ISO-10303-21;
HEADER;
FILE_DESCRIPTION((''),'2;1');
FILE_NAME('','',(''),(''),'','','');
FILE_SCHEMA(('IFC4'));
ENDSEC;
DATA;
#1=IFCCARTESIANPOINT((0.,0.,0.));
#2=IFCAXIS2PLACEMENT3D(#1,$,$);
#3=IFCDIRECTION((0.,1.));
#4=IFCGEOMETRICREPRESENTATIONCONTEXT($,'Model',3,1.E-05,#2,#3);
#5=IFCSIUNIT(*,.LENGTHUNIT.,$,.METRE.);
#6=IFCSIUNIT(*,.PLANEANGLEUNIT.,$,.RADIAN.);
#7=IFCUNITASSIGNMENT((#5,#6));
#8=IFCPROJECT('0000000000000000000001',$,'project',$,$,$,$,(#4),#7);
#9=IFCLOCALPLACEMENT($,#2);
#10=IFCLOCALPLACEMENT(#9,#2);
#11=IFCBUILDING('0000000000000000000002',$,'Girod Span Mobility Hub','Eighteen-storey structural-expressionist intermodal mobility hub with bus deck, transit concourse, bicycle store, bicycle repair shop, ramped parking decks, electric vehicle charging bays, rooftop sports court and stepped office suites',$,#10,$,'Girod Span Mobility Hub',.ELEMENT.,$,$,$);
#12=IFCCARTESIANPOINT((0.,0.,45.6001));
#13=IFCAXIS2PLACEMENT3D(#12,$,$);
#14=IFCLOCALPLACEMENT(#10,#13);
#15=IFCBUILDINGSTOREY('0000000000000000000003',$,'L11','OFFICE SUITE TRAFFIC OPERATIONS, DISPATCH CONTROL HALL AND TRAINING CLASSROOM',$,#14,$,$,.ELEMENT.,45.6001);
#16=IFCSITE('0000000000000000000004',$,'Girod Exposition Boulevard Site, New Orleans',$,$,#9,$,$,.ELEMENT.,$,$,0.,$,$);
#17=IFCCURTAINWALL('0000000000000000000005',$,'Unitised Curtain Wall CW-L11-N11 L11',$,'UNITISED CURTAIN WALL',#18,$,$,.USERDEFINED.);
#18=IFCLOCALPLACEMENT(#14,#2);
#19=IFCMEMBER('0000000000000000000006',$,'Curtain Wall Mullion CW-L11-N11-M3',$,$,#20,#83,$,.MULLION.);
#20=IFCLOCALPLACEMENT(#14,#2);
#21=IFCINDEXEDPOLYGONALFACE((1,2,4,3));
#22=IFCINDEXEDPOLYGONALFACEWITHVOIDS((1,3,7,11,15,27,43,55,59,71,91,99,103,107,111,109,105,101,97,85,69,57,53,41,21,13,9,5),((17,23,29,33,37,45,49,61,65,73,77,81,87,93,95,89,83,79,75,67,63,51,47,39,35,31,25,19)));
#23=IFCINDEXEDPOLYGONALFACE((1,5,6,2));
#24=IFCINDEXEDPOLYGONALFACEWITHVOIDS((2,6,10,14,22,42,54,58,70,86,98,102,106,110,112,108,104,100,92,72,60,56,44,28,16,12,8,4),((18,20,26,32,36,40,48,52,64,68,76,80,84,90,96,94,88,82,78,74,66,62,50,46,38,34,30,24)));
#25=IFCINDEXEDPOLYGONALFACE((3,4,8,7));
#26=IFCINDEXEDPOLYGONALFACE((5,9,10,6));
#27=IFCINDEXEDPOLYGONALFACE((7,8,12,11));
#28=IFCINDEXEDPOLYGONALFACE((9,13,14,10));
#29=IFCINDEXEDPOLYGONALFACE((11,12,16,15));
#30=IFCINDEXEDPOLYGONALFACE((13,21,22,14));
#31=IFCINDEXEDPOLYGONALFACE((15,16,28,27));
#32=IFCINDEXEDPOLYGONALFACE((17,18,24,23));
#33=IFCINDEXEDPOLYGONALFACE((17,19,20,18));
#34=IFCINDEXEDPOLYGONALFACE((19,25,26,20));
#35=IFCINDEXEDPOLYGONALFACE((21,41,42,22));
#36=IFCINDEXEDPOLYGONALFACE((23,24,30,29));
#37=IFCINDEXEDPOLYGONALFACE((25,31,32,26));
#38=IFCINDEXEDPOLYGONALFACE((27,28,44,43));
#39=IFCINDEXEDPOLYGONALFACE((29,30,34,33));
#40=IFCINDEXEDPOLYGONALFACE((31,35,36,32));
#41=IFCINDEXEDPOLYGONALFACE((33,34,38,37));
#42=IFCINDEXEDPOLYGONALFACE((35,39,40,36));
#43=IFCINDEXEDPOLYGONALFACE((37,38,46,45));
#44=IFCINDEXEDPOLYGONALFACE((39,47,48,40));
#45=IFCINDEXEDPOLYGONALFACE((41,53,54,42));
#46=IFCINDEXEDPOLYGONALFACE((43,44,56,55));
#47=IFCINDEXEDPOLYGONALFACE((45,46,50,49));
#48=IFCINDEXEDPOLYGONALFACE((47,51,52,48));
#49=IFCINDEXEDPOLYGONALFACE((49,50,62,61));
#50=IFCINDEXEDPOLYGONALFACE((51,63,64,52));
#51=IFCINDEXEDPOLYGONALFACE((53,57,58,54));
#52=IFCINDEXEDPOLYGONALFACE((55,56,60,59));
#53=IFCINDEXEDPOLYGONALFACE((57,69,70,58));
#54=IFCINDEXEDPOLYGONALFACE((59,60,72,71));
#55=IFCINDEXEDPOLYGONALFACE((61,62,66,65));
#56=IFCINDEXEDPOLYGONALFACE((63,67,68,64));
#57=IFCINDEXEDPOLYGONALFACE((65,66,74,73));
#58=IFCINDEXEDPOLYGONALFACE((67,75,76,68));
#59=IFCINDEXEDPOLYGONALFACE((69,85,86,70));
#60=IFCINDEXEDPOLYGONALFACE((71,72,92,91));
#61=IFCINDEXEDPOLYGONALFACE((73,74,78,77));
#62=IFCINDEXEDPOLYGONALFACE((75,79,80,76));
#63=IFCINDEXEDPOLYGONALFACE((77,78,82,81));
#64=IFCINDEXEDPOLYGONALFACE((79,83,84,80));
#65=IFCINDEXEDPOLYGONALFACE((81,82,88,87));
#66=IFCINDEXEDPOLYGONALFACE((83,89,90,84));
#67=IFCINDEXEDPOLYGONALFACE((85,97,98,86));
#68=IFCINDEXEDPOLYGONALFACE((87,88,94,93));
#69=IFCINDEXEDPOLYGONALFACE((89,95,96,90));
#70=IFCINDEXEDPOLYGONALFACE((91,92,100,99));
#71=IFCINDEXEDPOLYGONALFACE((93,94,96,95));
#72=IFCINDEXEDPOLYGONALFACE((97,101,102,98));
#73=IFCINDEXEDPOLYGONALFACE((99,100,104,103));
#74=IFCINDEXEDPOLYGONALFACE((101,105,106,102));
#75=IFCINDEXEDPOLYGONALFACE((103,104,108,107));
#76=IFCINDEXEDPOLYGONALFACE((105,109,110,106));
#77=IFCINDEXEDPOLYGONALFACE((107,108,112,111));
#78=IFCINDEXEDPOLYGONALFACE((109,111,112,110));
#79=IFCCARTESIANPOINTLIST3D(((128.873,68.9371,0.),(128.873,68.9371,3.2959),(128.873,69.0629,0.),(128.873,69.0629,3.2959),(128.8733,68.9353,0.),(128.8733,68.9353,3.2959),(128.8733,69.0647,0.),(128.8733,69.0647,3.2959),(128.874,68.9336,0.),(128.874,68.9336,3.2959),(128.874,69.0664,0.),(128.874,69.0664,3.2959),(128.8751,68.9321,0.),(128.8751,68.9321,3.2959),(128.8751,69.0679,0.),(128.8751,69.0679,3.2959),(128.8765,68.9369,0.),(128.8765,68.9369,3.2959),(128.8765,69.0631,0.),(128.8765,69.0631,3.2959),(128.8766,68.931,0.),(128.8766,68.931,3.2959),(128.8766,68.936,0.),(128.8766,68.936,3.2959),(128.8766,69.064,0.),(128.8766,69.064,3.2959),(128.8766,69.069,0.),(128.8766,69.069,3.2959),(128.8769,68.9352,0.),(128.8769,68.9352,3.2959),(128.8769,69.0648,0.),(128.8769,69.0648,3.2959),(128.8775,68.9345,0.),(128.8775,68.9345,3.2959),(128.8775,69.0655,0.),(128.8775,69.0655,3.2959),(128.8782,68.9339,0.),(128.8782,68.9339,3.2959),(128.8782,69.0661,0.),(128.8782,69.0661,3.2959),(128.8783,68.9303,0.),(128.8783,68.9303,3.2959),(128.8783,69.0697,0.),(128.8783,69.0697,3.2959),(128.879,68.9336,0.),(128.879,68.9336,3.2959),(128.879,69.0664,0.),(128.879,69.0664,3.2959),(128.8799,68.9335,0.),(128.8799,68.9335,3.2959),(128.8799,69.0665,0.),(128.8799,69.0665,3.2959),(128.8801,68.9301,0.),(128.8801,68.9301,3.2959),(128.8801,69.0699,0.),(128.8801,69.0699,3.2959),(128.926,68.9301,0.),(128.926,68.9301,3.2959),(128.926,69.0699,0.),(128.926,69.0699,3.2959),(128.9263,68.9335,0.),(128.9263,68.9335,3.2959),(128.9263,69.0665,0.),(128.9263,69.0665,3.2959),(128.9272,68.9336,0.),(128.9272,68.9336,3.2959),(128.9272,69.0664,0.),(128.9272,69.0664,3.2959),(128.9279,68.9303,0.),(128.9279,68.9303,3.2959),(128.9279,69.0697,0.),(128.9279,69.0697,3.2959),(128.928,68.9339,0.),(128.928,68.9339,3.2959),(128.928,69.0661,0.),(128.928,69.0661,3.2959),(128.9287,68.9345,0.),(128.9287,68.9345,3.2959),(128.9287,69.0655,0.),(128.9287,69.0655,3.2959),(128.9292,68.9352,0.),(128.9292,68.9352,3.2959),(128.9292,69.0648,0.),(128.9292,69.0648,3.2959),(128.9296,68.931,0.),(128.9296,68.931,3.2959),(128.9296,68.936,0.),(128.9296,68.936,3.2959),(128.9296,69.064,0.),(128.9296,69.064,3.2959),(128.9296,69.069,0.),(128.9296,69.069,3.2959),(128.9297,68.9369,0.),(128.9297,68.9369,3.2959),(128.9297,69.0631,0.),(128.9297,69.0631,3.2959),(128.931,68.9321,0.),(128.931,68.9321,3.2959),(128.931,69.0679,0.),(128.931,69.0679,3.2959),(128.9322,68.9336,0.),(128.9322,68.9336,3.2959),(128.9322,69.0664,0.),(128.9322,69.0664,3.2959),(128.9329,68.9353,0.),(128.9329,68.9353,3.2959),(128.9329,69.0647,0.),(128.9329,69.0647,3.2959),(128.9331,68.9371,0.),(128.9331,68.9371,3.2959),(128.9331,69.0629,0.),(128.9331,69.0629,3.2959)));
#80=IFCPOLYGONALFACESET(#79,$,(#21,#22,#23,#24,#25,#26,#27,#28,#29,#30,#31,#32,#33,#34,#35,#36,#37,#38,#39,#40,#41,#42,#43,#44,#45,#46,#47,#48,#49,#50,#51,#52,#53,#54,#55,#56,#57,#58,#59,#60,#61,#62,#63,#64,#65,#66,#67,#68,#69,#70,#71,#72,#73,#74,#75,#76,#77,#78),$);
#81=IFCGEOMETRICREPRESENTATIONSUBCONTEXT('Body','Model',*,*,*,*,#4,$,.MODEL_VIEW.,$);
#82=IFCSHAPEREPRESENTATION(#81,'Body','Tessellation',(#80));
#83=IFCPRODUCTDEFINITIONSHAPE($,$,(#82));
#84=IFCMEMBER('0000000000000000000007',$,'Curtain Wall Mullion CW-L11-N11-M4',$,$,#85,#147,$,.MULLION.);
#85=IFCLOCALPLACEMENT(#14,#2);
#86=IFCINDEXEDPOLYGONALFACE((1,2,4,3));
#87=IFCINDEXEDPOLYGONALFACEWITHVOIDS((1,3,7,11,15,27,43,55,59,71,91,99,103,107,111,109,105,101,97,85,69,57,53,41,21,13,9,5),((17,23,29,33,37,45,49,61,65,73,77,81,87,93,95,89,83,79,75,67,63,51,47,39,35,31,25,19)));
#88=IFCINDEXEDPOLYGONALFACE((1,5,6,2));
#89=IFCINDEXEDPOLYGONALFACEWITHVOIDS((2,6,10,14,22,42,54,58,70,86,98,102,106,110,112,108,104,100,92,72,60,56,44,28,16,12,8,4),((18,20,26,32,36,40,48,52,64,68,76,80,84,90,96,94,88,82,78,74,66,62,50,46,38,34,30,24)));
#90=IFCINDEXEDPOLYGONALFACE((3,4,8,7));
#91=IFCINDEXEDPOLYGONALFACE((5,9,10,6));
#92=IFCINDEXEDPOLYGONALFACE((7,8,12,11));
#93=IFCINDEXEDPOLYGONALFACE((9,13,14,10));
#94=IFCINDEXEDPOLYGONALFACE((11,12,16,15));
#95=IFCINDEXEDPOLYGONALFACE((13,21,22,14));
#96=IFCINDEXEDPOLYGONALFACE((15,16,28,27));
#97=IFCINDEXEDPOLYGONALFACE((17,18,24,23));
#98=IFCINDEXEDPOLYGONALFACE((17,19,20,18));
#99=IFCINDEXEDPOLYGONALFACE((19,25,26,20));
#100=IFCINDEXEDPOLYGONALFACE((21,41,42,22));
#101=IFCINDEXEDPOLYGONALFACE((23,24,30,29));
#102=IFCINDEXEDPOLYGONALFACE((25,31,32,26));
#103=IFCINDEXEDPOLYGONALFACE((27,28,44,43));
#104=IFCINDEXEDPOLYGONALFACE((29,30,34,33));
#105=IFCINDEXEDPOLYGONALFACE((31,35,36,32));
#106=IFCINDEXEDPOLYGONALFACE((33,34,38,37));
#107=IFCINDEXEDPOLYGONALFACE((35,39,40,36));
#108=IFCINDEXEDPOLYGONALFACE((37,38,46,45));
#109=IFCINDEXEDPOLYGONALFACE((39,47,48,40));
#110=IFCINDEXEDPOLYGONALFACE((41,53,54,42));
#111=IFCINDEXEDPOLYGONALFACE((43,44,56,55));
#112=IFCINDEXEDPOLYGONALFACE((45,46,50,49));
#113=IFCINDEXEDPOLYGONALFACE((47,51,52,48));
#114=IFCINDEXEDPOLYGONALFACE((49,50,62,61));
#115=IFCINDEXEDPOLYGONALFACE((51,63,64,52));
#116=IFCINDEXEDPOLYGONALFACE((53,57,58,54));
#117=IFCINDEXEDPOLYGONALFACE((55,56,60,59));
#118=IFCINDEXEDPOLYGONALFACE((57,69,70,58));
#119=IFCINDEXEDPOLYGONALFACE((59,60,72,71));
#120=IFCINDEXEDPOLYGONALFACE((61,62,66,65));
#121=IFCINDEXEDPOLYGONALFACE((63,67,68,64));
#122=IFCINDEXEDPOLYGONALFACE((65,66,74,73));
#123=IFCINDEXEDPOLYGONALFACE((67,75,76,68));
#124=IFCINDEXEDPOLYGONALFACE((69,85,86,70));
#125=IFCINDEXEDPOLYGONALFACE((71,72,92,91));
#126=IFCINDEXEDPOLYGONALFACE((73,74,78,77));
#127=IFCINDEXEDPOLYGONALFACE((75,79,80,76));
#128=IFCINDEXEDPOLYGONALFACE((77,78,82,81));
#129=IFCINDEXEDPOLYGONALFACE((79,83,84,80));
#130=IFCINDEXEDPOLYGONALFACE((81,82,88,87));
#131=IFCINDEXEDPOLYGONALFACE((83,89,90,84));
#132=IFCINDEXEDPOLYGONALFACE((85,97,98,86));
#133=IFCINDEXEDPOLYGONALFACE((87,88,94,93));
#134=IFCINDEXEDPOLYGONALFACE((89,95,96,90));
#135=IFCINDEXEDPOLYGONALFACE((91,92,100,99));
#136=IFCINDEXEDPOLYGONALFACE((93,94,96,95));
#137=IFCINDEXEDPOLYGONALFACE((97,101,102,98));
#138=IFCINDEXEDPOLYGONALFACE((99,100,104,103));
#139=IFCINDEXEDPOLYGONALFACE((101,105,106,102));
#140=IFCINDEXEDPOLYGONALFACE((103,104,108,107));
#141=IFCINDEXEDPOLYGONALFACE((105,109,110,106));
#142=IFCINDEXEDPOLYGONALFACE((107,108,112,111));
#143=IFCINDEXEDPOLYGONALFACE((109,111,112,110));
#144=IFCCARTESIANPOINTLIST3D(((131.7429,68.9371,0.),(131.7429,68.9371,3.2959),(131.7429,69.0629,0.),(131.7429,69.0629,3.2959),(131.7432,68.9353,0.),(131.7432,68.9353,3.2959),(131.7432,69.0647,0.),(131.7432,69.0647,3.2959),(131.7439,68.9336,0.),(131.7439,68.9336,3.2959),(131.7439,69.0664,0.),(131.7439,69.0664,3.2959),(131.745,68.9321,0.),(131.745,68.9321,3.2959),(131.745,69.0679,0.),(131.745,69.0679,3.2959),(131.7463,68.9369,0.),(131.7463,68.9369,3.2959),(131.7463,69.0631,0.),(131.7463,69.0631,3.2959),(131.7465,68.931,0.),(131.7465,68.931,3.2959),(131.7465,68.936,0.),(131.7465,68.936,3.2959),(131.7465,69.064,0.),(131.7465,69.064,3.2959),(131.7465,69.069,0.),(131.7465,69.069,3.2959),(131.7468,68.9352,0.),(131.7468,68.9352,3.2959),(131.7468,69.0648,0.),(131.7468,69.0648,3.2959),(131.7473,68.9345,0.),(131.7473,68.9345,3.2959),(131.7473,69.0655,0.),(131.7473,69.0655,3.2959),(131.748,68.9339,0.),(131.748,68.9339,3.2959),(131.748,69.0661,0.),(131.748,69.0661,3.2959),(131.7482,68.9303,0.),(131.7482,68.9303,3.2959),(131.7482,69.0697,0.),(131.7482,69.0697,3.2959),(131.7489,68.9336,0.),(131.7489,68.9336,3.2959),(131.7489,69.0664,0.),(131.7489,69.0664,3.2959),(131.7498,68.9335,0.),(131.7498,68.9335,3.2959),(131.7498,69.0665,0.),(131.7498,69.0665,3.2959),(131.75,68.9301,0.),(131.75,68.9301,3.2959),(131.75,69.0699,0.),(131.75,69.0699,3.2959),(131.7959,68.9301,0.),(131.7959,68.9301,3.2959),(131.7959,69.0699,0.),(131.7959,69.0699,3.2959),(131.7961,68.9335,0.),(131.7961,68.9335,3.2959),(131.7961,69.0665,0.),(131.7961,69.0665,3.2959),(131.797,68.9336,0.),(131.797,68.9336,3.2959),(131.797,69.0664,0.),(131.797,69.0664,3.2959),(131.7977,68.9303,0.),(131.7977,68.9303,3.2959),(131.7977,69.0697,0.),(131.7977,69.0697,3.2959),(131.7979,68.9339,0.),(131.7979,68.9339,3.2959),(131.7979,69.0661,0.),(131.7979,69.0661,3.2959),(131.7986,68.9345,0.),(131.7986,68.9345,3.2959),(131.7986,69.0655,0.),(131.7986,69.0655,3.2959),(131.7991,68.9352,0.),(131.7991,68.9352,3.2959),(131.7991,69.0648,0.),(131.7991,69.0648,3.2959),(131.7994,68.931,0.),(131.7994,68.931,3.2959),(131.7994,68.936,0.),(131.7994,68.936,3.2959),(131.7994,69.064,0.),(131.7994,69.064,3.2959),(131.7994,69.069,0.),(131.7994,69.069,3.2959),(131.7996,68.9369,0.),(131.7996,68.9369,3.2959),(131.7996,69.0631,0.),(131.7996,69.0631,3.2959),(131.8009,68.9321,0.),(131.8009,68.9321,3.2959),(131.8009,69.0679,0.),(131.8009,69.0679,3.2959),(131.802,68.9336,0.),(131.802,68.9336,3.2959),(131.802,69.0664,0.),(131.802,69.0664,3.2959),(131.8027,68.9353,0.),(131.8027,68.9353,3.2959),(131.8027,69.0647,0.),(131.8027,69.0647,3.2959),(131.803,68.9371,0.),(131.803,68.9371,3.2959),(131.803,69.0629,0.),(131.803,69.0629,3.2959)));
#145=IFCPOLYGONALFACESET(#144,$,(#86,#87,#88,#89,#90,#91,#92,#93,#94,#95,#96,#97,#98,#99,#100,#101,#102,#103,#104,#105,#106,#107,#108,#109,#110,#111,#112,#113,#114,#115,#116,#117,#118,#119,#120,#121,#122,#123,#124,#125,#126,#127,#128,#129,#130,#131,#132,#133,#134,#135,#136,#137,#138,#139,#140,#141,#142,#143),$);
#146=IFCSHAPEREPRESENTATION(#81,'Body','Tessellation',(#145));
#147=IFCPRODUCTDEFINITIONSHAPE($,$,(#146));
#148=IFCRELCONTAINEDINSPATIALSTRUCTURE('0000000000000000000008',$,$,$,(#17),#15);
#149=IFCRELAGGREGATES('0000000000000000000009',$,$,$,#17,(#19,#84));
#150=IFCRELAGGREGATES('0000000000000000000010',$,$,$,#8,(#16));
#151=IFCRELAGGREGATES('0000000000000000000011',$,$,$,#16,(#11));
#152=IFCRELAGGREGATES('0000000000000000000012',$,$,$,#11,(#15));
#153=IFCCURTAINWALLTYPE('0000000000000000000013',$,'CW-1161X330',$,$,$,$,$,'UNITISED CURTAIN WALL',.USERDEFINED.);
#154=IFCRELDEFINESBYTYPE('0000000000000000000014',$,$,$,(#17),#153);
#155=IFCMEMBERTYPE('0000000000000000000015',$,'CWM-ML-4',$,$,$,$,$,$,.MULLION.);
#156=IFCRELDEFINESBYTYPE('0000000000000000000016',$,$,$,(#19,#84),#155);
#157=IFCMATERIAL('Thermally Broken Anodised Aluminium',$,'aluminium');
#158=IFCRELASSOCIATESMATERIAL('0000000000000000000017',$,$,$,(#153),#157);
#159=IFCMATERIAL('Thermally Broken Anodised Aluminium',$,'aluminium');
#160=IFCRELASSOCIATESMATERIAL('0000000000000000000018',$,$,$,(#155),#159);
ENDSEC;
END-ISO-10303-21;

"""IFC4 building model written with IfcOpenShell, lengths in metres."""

from ifc_helpers import new_model, si_unit, direction, frame, origin, origin_2d, place, context, subcontext, project, spatial, hollow_rectangle, extrude, material, material_profile, profile_set, type_object, element, aggregate, save


model = new_model("IFC4")

# Units and contexts
model_context = context("Model", 3, precision=1e-05, world=origin(), true_north=direction((0.0, 1.0)))
body_context = subcontext(model_context, "Body", "Model", "MODEL_VIEW")
ifc_project = project(units=[si_unit("LENGTHUNIT", "METRE"), si_unit("PLANEANGLEUNIT", "RADIAN")], contexts=[model_context])

# Site, building, storey
site_placement = place(None, origin())
site = spatial("IfcSite", under=ifc_project, at=site_placement, Name="Girod Exposition Boulevard Site, New Orleans", CompositionType="ELEMENT", RefElevation=0.0)
building_placement = place(site_placement, origin())
building = spatial("IfcBuilding", under=site, at=building_placement, Name="Girod Span Mobility Hub", Description="Eighteen-storey structural-expressionist intermodal mobility hub with bus deck, transit concourse, bicycle store, bicycle repair shop, ramped parking decks, electric vehicle charging bays, rooftop sports court and stepped office suites", LongName="Girod Span Mobility Hub", CompositionType="ELEMENT")
storey_placement = place(building_placement, frame((0.0, 0.0, 45.6001)))
storey = spatial("IfcBuildingStorey", under=building, at=storey_placement, Name="L11", Description="OFFICE SUITE TRAFFIC OPERATIONS, DISPATCH CONTROL HALL AND TRAINING CLASSROOM", CompositionType="ELEMENT", Elevation=45.6001)

# Curtain wall, members
ifc_material_1 = material(Name="Thermally Broken Anodised Aluminium", Category="aluminium")
curtain_wall_type_1 = type_object("IfcCurtainWallType", Name="CW-1161X330", ElementType="UNITISED CURTAIN WALL", PredefinedType="USERDEFINED", material=ifc_material_1)
curtain_wall_1_placement = place(storey_placement, origin())
curtain_wall_1 = element("IfcCurtainWall", 1, at=curtain_wall_1_placement, inside=storey, type_object=curtain_wall_type_1, Name="Unitised Curtain Wall CW-L11-N11 L11", ObjectType="UNITISED CURTAIN WALL", PredefinedType="USERDEFINED")
ifc_material_2 = material(Name="Thermally Broken Anodised Aluminium", Category="aluminium")
ifc_material_profile_1 = material_profile(ifc_material_2, hollow_rectangle(XDim=0.1399, YDim=0.0601, WallThickness=0.0034, InnerFilletRadius=0.0034, OuterFilletRadius=0.0071, at=origin_2d()), Name="CW-ML-60X140")
ifc_profile_set_1 = profile_set([ifc_material_profile_1], Name="Thermally Broken Anodised Aluminium")
member_type_1 = type_object("IfcMemberType", Name="CWM-ML-4", PredefinedType="MULLION", material=ifc_profile_set_1)
member_1_placement = place(storey_placement, frame((128.9031, 69.0, 0.0), z_axis=(0.0, 0.0, 1.0), x_axis=(0.0, 1.0, 0.0)))
member_1 = element("IfcMember", 2, at=member_1_placement, type_object=member_type_1, Name="Curtain Wall Mullion CW-L11-N11-M3", PredefinedType="MULLION", context=body_context, shape_type="SweptSolid", body=[
    extrude(hollow_rectangle(XDim=0.1399, YDim=0.0601, WallThickness=0.0034, InnerFilletRadius=0.0034, OuterFilletRadius=0.0071, at=origin_2d()), origin(), (0.0, 0.0, 1.0), 3.2959),
])
member_2_placement = place(storey_placement, frame((131.7729, 69.0, 0.0), z_axis=(0.0, 0.0, 1.0), x_axis=(0.0, 1.0, 0.0)))
member_2 = element("IfcMember", 3, at=member_2_placement, type_object=member_type_1, Name="Curtain Wall Mullion CW-L11-N11-M4", PredefinedType="MULLION", context=body_context, shape_type="SweptSolid", body=[
    extrude(hollow_rectangle(XDim=0.1399, YDim=0.0601, WallThickness=0.0034, InnerFilletRadius=0.0034, OuterFilletRadius=0.0071, at=origin_2d()), origin(), (0.0, 0.0, 1.0), 3.2959),
])

aggregate(curtain_wall_1, [member_1, member_2])

save(model, "model.ifc")
